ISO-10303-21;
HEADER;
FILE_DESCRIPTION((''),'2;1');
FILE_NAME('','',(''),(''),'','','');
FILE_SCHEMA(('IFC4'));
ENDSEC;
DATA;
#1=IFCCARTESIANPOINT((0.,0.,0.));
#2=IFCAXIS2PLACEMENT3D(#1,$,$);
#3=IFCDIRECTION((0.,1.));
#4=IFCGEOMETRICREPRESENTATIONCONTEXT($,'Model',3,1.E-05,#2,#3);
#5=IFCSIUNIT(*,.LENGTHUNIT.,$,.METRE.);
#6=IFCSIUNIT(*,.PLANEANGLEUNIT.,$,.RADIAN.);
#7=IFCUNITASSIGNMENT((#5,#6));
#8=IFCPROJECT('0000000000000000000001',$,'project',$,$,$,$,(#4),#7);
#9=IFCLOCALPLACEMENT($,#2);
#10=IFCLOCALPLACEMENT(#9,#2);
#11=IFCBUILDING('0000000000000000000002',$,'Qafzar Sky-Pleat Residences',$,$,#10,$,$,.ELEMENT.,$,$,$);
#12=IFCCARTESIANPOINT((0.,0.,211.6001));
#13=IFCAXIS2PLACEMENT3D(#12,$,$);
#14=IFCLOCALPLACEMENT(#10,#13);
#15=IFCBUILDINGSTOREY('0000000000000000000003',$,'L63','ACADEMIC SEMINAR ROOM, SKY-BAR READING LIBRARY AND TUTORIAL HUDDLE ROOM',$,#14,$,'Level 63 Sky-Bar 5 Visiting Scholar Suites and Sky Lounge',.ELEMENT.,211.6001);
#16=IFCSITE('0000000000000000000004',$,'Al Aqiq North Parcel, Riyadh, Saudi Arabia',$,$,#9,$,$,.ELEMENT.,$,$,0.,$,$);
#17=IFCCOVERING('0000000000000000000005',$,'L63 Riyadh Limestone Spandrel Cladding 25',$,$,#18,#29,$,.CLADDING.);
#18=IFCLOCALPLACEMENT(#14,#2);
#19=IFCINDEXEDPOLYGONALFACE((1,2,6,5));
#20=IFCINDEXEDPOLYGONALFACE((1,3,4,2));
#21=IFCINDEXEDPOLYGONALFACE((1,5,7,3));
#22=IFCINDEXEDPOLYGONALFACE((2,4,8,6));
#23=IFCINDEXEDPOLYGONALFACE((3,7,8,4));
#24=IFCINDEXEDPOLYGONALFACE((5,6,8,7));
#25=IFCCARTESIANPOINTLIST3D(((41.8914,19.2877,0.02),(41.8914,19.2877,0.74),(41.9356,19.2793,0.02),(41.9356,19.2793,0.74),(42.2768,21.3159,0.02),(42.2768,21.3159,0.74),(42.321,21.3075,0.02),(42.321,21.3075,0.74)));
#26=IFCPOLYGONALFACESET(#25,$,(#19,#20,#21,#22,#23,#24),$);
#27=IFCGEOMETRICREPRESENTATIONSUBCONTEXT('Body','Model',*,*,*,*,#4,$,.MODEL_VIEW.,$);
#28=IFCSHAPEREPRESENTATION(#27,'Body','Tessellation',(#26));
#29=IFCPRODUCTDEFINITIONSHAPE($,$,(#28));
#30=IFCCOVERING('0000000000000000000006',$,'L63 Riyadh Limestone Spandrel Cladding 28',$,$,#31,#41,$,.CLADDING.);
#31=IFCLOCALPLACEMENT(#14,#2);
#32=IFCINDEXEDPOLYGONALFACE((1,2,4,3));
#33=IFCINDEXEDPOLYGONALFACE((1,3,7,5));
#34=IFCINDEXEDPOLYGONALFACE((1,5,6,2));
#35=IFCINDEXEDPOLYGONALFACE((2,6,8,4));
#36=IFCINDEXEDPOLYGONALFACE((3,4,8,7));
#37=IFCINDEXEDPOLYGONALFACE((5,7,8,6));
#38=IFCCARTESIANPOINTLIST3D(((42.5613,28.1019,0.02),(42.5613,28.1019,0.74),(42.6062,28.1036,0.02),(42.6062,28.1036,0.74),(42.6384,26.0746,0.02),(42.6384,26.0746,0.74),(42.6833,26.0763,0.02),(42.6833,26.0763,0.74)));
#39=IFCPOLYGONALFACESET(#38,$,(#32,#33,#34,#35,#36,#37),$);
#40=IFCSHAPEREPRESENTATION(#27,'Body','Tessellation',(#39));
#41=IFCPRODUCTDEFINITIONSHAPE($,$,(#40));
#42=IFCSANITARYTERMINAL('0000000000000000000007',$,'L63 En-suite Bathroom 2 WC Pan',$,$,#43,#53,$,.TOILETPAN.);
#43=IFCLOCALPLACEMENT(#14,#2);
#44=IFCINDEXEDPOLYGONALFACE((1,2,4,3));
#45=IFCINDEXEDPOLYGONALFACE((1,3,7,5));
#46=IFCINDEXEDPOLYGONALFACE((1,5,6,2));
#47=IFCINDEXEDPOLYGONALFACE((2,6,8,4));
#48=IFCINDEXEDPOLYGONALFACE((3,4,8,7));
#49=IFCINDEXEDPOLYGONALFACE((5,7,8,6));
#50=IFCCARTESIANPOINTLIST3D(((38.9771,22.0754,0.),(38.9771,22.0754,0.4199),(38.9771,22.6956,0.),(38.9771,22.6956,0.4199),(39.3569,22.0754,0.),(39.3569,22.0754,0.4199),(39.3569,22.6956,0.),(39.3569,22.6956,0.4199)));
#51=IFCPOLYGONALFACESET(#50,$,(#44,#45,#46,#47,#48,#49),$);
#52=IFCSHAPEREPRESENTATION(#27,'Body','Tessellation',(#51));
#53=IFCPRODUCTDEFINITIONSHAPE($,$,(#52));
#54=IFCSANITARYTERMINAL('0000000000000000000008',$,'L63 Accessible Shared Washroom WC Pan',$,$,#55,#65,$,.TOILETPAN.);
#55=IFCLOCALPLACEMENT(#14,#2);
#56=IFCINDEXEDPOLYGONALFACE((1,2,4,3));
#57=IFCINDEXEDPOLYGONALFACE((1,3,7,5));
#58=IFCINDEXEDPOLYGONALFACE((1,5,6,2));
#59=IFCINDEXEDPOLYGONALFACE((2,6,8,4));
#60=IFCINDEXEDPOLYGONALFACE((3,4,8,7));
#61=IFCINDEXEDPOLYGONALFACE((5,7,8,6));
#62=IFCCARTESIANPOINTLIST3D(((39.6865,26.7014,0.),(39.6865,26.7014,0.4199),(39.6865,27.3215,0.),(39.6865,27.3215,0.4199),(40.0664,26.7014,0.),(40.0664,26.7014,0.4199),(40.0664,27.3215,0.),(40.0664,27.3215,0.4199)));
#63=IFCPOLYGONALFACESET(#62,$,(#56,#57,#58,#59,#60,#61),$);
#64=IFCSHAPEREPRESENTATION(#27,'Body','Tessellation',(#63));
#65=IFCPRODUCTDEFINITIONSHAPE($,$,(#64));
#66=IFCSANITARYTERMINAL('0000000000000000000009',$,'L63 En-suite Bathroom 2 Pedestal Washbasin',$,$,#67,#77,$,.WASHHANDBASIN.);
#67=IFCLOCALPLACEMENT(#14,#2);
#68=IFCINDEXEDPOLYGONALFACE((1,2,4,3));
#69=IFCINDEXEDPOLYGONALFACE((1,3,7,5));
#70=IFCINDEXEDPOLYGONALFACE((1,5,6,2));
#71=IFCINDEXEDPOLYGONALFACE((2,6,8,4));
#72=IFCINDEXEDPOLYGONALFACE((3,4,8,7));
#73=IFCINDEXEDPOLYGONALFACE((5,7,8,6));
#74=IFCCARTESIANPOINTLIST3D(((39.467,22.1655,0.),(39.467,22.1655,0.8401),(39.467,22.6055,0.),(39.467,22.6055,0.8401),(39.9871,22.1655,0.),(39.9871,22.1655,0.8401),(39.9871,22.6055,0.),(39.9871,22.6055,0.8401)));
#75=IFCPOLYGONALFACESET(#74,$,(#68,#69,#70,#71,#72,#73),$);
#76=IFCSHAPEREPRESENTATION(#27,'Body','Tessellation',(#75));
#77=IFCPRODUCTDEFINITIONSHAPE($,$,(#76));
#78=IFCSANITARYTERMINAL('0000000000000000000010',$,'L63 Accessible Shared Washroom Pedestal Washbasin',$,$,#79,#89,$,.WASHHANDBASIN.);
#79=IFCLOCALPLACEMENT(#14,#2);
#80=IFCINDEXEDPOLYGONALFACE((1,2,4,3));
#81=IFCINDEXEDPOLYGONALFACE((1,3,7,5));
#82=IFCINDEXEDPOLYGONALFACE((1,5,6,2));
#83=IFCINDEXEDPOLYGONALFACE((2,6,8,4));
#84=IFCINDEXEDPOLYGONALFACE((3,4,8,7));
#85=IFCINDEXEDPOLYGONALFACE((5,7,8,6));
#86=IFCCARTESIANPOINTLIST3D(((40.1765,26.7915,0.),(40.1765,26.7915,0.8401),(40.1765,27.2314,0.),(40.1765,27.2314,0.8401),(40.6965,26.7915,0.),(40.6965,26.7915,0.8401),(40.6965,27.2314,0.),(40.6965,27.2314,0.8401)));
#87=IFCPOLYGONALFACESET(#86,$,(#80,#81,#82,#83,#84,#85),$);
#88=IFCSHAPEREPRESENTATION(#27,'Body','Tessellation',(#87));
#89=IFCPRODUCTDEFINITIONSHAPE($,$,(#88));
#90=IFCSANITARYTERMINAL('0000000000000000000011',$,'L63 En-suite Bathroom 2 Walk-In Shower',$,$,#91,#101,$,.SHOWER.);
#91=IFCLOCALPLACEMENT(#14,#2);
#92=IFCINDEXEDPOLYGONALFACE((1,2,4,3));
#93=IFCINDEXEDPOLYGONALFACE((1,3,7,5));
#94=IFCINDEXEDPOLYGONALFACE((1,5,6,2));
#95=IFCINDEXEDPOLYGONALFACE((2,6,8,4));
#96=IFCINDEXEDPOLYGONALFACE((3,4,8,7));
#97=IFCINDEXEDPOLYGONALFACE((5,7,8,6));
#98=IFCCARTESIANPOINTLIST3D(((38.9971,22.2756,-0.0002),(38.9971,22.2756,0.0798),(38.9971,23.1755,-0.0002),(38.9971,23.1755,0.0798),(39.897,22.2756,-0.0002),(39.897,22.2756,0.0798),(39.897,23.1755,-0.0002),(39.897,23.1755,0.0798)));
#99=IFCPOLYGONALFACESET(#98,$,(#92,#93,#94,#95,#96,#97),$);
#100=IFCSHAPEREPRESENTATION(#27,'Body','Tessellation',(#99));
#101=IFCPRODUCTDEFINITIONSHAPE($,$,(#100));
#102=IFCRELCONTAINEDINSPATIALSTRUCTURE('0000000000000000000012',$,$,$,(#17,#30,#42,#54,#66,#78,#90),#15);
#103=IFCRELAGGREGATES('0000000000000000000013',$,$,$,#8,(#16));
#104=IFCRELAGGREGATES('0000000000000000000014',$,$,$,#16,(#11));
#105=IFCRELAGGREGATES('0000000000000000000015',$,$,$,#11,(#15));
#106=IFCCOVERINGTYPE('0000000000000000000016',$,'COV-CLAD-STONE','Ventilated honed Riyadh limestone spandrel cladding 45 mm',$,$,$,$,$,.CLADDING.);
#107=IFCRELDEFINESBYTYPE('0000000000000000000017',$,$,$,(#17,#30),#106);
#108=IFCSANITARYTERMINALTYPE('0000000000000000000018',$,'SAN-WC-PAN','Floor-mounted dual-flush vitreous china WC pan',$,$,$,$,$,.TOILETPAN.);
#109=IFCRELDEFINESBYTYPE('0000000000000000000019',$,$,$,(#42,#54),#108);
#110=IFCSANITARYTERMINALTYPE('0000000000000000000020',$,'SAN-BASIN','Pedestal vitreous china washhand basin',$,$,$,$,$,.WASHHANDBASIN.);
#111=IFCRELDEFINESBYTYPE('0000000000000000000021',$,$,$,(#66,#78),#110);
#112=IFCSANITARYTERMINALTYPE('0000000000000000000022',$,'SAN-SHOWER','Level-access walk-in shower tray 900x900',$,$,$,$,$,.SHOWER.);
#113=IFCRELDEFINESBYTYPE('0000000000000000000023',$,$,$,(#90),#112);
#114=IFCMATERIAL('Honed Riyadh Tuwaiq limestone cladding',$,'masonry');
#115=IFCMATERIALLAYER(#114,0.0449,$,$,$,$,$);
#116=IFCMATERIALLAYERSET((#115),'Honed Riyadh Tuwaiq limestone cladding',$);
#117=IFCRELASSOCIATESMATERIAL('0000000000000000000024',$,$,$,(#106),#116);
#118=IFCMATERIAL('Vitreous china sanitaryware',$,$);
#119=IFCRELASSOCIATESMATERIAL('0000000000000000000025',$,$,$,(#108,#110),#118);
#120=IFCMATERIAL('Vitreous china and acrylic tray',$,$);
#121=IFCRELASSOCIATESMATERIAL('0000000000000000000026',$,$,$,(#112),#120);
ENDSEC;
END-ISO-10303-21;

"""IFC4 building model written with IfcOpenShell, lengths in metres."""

from ifc_helpers import new_model, si_unit, direction, frame, origin, origin_2d, place, context, subcontext, project, spatial, rectangle, extrude, source, transform, mapped, material, layer, layer_set, type_object, element, save


model = new_model("IFC4")

# Units and contexts
model_context = context("Model", 3, precision=1e-05, world=origin(), true_north=direction((0.0, 1.0)))
body_context = subcontext(model_context, "Body", "Model", "MODEL_VIEW")
ifc_project = project(units=[si_unit("LENGTHUNIT", "METRE"), si_unit("PLANEANGLEUNIT", "RADIAN")], contexts=[model_context])

# Site, building, storey
site_placement = place(None, origin())
site = spatial("IfcSite", under=ifc_project, at=site_placement, Name="Al Aqiq North Parcel, Riyadh, Saudi Arabia", CompositionType="ELEMENT", RefElevation=0.0)
building_placement = place(site_placement, origin())
building = spatial("IfcBuilding", under=site, at=building_placement, Name="Qafzar Sky-Pleat Residences", CompositionType="ELEMENT")
storey_placement = place(building_placement, frame((0.0, 0.0, 211.6001)))
storey = spatial("IfcBuildingStorey", under=building, at=storey_placement, Name="L63", Description="ACADEMIC SEMINAR ROOM, SKY-BAR READING LIBRARY AND TUTORIAL HUDDLE ROOM", LongName="Level 63 Sky-Bar 5 Visiting Scholar Suites and Sky Lounge", CompositionType="ELEMENT", Elevation=211.6001)

# Coverings
ifc_material_1 = material(Name="Honed Riyadh Tuwaiq limestone cladding", Category="masonry")
ifc_layer_1 = layer(ifc_material_1, 0.0449)
ifc_layer_set_1 = layer_set([ifc_layer_1], Name="Honed Riyadh Tuwaiq limestone cladding")
covering_type = type_object("IfcCoveringType", Name="COV-CLAD-STONE", Description="Ventilated honed Riyadh limestone spandrel cladding 45 mm", PredefinedType="CLADDING", material=ifc_layer_set_1)
shared_shape_1 = source(origin(), body_context, "Body", "SweptSolid", [
    extrude(rectangle(XDim=2.0645, YDim=0.0449, at=origin_2d()), origin(), (0.0, 0.0, 1.0), 0.72),
])
covering_1_placement = place(storey_placement, frame((42.1062, 20.2976, 0.02), z_axis=(0.0, 0.0, 1.0), x_axis=(0.186683, 0.98242, 0.0)))
element("IfcCovering", 1, at=covering_1_placement, inside=storey, type_object=covering_type, Name="L63 Riyadh Limestone Spandrel Cladding 25", PredefinedType="CLADDING", context=body_context, shape_type="MappedRepresentation", body=[
    mapped(shared_shape_1, transform((0.0, 0.0, 0.0), x_axis=(1.0, 0.0, 0.0), y_axis=(0.0, 1.0, 0.0), z_axis=(0.0, 0.0, 1.0), scale=1.0)),
])
shared_shape_2 = source(origin(), body_context, "Body", "SweptSolid", [
    extrude(rectangle(XDim=2.0288, YDim=0.0449, at=origin_2d()), origin(), (0.0, 0.0, 1.0), 0.72),
])
covering_2_placement = place(storey_placement, frame((42.6223, 27.0891, 0.02), z_axis=(0.0, 0.0, 1.0), x_axis=(-0.038017, 0.999277, 0.0)))
element("IfcCovering", 2, at=covering_2_placement, inside=storey, type_object=covering_type, Name="L63 Riyadh Limestone Spandrel Cladding 28", PredefinedType="CLADDING", context=body_context, shape_type="MappedRepresentation", body=[
    mapped(shared_shape_2, transform((0.0, 0.0, 0.0), x_axis=(1.0, 0.0, 0.0), y_axis=(0.0, 1.0, 0.0), z_axis=(0.0, 0.0, 1.0), scale=1.0)),
])

# Sanitary terminals
ifc_material_2 = material(Name="Vitreous china sanitaryware")
sanitary_terminal_type_1 = type_object("IfcSanitaryTerminalType", Name="SAN-WC-PAN", Description="Floor-mounted dual-flush vitreous china WC pan", PredefinedType="TOILETPAN", material=ifc_material_2)
shared_shape_3 = source(origin(), body_context, "Body", "SweptSolid", [
    extrude(rectangle(XDim=0.3799, YDim=0.6201, at=origin_2d()), origin(), (0.0, 0.0, 1.0), 0.4199),
])
for number, where, z_axis, x_axis, name in (
    (3, (39.167, 22.3855, 0.0), (0.0, 0.0, 1.0), (1.0, 0.0, 0.0), "L63 En-suite Bathroom 2 WC Pan"),
    (4, (39.8765, 27.0115, 0.0), (0.0, 0.0, 1.0), (1.0, 0.0, 0.0), "L63 Accessible Shared Washroom WC Pan"),
):
    element("IfcSanitaryTerminal", number, at=place(storey_placement, frame(where, z_axis=z_axis, x_axis=x_axis)), inside=storey, type_object=sanitary_terminal_type_1, Name=name, PredefinedType="TOILETPAN", context=body_context, shape_type="MappedRepresentation", body=[
        mapped(shared_shape_3, transform((0.0, 0.0, 0.0), x_axis=(1.0, 0.0, 0.0), y_axis=(0.0, 1.0, 0.0), z_axis=(0.0, 0.0, 1.0), scale=1.0)),
    ])
sanitary_terminal_type_2 = type_object("IfcSanitaryTerminalType", Name="SAN-BASIN", Description="Pedestal vitreous china washhand basin", PredefinedType="WASHHANDBASIN", material=ifc_material_2)
shared_shape_4 = source(origin(), body_context, "Body", "SweptSolid", [
    extrude(rectangle(XDim=0.52, YDim=0.4399, at=origin_2d()), origin(), (0.0, 0.0, 1.0), 0.8401),
])
for number, where, z_axis, x_axis, name in (
    (5, (39.7271, 22.3855, 0.0), (0.0, 0.0, 1.0), (1.0, 0.0, 0.0), "L63 En-suite Bathroom 2 Pedestal Washbasin"),
    (6, (40.4365, 27.0115, 0.0), (0.0, 0.0, 1.0), (1.0, 0.0, 0.0), "L63 Accessible Shared Washroom Pedestal Washbasin"),
):
    element("IfcSanitaryTerminal", number, at=place(storey_placement, frame(where, z_axis=z_axis, x_axis=x_axis)), inside=storey, type_object=sanitary_terminal_type_2, Name=name, PredefinedType="WASHHANDBASIN", context=body_context, shape_type="MappedRepresentation", body=[
        mapped(shared_shape_4, transform((0.0, 0.0, 0.0), x_axis=(1.0, 0.0, 0.0), y_axis=(0.0, 1.0, 0.0), z_axis=(0.0, 0.0, 1.0), scale=1.0)),
    ])
ifc_material_3 = material(Name="Vitreous china and acrylic tray")
sanitary_terminal_type_3 = type_object("IfcSanitaryTerminalType", Name="SAN-SHOWER", Description="Level-access walk-in shower tray 900x900", PredefinedType="SHOWER", material=ifc_material_3)
shared_shape_5 = source(origin(), body_context, "Body", "SweptSolid", [
    extrude(rectangle(XDim=0.8999, YDim=0.8999, at=origin_2d()), origin(), (0.0, 0.0, 1.0), 0.0801),
])
sanitary_terminal_placement = place(storey_placement, frame((39.447, 22.7256, -0.0002), z_axis=(0.0, 0.0, 1.0), x_axis=(1.0, 0.0, 0.0)))
element("IfcSanitaryTerminal", 7, at=sanitary_terminal_placement, inside=storey, type_object=sanitary_terminal_type_3, Name="L63 En-suite Bathroom 2 Walk-In Shower", PredefinedType="SHOWER", context=body_context, shape_type="MappedRepresentation", body=[
    mapped(shared_shape_5, transform((0.0, 0.0, 0.0), x_axis=(1.0, 0.0, 0.0), y_axis=(0.0, 1.0, 0.0), z_axis=(0.0, 0.0, 1.0), scale=1.0)),
])

save(model, "model.ifc")
